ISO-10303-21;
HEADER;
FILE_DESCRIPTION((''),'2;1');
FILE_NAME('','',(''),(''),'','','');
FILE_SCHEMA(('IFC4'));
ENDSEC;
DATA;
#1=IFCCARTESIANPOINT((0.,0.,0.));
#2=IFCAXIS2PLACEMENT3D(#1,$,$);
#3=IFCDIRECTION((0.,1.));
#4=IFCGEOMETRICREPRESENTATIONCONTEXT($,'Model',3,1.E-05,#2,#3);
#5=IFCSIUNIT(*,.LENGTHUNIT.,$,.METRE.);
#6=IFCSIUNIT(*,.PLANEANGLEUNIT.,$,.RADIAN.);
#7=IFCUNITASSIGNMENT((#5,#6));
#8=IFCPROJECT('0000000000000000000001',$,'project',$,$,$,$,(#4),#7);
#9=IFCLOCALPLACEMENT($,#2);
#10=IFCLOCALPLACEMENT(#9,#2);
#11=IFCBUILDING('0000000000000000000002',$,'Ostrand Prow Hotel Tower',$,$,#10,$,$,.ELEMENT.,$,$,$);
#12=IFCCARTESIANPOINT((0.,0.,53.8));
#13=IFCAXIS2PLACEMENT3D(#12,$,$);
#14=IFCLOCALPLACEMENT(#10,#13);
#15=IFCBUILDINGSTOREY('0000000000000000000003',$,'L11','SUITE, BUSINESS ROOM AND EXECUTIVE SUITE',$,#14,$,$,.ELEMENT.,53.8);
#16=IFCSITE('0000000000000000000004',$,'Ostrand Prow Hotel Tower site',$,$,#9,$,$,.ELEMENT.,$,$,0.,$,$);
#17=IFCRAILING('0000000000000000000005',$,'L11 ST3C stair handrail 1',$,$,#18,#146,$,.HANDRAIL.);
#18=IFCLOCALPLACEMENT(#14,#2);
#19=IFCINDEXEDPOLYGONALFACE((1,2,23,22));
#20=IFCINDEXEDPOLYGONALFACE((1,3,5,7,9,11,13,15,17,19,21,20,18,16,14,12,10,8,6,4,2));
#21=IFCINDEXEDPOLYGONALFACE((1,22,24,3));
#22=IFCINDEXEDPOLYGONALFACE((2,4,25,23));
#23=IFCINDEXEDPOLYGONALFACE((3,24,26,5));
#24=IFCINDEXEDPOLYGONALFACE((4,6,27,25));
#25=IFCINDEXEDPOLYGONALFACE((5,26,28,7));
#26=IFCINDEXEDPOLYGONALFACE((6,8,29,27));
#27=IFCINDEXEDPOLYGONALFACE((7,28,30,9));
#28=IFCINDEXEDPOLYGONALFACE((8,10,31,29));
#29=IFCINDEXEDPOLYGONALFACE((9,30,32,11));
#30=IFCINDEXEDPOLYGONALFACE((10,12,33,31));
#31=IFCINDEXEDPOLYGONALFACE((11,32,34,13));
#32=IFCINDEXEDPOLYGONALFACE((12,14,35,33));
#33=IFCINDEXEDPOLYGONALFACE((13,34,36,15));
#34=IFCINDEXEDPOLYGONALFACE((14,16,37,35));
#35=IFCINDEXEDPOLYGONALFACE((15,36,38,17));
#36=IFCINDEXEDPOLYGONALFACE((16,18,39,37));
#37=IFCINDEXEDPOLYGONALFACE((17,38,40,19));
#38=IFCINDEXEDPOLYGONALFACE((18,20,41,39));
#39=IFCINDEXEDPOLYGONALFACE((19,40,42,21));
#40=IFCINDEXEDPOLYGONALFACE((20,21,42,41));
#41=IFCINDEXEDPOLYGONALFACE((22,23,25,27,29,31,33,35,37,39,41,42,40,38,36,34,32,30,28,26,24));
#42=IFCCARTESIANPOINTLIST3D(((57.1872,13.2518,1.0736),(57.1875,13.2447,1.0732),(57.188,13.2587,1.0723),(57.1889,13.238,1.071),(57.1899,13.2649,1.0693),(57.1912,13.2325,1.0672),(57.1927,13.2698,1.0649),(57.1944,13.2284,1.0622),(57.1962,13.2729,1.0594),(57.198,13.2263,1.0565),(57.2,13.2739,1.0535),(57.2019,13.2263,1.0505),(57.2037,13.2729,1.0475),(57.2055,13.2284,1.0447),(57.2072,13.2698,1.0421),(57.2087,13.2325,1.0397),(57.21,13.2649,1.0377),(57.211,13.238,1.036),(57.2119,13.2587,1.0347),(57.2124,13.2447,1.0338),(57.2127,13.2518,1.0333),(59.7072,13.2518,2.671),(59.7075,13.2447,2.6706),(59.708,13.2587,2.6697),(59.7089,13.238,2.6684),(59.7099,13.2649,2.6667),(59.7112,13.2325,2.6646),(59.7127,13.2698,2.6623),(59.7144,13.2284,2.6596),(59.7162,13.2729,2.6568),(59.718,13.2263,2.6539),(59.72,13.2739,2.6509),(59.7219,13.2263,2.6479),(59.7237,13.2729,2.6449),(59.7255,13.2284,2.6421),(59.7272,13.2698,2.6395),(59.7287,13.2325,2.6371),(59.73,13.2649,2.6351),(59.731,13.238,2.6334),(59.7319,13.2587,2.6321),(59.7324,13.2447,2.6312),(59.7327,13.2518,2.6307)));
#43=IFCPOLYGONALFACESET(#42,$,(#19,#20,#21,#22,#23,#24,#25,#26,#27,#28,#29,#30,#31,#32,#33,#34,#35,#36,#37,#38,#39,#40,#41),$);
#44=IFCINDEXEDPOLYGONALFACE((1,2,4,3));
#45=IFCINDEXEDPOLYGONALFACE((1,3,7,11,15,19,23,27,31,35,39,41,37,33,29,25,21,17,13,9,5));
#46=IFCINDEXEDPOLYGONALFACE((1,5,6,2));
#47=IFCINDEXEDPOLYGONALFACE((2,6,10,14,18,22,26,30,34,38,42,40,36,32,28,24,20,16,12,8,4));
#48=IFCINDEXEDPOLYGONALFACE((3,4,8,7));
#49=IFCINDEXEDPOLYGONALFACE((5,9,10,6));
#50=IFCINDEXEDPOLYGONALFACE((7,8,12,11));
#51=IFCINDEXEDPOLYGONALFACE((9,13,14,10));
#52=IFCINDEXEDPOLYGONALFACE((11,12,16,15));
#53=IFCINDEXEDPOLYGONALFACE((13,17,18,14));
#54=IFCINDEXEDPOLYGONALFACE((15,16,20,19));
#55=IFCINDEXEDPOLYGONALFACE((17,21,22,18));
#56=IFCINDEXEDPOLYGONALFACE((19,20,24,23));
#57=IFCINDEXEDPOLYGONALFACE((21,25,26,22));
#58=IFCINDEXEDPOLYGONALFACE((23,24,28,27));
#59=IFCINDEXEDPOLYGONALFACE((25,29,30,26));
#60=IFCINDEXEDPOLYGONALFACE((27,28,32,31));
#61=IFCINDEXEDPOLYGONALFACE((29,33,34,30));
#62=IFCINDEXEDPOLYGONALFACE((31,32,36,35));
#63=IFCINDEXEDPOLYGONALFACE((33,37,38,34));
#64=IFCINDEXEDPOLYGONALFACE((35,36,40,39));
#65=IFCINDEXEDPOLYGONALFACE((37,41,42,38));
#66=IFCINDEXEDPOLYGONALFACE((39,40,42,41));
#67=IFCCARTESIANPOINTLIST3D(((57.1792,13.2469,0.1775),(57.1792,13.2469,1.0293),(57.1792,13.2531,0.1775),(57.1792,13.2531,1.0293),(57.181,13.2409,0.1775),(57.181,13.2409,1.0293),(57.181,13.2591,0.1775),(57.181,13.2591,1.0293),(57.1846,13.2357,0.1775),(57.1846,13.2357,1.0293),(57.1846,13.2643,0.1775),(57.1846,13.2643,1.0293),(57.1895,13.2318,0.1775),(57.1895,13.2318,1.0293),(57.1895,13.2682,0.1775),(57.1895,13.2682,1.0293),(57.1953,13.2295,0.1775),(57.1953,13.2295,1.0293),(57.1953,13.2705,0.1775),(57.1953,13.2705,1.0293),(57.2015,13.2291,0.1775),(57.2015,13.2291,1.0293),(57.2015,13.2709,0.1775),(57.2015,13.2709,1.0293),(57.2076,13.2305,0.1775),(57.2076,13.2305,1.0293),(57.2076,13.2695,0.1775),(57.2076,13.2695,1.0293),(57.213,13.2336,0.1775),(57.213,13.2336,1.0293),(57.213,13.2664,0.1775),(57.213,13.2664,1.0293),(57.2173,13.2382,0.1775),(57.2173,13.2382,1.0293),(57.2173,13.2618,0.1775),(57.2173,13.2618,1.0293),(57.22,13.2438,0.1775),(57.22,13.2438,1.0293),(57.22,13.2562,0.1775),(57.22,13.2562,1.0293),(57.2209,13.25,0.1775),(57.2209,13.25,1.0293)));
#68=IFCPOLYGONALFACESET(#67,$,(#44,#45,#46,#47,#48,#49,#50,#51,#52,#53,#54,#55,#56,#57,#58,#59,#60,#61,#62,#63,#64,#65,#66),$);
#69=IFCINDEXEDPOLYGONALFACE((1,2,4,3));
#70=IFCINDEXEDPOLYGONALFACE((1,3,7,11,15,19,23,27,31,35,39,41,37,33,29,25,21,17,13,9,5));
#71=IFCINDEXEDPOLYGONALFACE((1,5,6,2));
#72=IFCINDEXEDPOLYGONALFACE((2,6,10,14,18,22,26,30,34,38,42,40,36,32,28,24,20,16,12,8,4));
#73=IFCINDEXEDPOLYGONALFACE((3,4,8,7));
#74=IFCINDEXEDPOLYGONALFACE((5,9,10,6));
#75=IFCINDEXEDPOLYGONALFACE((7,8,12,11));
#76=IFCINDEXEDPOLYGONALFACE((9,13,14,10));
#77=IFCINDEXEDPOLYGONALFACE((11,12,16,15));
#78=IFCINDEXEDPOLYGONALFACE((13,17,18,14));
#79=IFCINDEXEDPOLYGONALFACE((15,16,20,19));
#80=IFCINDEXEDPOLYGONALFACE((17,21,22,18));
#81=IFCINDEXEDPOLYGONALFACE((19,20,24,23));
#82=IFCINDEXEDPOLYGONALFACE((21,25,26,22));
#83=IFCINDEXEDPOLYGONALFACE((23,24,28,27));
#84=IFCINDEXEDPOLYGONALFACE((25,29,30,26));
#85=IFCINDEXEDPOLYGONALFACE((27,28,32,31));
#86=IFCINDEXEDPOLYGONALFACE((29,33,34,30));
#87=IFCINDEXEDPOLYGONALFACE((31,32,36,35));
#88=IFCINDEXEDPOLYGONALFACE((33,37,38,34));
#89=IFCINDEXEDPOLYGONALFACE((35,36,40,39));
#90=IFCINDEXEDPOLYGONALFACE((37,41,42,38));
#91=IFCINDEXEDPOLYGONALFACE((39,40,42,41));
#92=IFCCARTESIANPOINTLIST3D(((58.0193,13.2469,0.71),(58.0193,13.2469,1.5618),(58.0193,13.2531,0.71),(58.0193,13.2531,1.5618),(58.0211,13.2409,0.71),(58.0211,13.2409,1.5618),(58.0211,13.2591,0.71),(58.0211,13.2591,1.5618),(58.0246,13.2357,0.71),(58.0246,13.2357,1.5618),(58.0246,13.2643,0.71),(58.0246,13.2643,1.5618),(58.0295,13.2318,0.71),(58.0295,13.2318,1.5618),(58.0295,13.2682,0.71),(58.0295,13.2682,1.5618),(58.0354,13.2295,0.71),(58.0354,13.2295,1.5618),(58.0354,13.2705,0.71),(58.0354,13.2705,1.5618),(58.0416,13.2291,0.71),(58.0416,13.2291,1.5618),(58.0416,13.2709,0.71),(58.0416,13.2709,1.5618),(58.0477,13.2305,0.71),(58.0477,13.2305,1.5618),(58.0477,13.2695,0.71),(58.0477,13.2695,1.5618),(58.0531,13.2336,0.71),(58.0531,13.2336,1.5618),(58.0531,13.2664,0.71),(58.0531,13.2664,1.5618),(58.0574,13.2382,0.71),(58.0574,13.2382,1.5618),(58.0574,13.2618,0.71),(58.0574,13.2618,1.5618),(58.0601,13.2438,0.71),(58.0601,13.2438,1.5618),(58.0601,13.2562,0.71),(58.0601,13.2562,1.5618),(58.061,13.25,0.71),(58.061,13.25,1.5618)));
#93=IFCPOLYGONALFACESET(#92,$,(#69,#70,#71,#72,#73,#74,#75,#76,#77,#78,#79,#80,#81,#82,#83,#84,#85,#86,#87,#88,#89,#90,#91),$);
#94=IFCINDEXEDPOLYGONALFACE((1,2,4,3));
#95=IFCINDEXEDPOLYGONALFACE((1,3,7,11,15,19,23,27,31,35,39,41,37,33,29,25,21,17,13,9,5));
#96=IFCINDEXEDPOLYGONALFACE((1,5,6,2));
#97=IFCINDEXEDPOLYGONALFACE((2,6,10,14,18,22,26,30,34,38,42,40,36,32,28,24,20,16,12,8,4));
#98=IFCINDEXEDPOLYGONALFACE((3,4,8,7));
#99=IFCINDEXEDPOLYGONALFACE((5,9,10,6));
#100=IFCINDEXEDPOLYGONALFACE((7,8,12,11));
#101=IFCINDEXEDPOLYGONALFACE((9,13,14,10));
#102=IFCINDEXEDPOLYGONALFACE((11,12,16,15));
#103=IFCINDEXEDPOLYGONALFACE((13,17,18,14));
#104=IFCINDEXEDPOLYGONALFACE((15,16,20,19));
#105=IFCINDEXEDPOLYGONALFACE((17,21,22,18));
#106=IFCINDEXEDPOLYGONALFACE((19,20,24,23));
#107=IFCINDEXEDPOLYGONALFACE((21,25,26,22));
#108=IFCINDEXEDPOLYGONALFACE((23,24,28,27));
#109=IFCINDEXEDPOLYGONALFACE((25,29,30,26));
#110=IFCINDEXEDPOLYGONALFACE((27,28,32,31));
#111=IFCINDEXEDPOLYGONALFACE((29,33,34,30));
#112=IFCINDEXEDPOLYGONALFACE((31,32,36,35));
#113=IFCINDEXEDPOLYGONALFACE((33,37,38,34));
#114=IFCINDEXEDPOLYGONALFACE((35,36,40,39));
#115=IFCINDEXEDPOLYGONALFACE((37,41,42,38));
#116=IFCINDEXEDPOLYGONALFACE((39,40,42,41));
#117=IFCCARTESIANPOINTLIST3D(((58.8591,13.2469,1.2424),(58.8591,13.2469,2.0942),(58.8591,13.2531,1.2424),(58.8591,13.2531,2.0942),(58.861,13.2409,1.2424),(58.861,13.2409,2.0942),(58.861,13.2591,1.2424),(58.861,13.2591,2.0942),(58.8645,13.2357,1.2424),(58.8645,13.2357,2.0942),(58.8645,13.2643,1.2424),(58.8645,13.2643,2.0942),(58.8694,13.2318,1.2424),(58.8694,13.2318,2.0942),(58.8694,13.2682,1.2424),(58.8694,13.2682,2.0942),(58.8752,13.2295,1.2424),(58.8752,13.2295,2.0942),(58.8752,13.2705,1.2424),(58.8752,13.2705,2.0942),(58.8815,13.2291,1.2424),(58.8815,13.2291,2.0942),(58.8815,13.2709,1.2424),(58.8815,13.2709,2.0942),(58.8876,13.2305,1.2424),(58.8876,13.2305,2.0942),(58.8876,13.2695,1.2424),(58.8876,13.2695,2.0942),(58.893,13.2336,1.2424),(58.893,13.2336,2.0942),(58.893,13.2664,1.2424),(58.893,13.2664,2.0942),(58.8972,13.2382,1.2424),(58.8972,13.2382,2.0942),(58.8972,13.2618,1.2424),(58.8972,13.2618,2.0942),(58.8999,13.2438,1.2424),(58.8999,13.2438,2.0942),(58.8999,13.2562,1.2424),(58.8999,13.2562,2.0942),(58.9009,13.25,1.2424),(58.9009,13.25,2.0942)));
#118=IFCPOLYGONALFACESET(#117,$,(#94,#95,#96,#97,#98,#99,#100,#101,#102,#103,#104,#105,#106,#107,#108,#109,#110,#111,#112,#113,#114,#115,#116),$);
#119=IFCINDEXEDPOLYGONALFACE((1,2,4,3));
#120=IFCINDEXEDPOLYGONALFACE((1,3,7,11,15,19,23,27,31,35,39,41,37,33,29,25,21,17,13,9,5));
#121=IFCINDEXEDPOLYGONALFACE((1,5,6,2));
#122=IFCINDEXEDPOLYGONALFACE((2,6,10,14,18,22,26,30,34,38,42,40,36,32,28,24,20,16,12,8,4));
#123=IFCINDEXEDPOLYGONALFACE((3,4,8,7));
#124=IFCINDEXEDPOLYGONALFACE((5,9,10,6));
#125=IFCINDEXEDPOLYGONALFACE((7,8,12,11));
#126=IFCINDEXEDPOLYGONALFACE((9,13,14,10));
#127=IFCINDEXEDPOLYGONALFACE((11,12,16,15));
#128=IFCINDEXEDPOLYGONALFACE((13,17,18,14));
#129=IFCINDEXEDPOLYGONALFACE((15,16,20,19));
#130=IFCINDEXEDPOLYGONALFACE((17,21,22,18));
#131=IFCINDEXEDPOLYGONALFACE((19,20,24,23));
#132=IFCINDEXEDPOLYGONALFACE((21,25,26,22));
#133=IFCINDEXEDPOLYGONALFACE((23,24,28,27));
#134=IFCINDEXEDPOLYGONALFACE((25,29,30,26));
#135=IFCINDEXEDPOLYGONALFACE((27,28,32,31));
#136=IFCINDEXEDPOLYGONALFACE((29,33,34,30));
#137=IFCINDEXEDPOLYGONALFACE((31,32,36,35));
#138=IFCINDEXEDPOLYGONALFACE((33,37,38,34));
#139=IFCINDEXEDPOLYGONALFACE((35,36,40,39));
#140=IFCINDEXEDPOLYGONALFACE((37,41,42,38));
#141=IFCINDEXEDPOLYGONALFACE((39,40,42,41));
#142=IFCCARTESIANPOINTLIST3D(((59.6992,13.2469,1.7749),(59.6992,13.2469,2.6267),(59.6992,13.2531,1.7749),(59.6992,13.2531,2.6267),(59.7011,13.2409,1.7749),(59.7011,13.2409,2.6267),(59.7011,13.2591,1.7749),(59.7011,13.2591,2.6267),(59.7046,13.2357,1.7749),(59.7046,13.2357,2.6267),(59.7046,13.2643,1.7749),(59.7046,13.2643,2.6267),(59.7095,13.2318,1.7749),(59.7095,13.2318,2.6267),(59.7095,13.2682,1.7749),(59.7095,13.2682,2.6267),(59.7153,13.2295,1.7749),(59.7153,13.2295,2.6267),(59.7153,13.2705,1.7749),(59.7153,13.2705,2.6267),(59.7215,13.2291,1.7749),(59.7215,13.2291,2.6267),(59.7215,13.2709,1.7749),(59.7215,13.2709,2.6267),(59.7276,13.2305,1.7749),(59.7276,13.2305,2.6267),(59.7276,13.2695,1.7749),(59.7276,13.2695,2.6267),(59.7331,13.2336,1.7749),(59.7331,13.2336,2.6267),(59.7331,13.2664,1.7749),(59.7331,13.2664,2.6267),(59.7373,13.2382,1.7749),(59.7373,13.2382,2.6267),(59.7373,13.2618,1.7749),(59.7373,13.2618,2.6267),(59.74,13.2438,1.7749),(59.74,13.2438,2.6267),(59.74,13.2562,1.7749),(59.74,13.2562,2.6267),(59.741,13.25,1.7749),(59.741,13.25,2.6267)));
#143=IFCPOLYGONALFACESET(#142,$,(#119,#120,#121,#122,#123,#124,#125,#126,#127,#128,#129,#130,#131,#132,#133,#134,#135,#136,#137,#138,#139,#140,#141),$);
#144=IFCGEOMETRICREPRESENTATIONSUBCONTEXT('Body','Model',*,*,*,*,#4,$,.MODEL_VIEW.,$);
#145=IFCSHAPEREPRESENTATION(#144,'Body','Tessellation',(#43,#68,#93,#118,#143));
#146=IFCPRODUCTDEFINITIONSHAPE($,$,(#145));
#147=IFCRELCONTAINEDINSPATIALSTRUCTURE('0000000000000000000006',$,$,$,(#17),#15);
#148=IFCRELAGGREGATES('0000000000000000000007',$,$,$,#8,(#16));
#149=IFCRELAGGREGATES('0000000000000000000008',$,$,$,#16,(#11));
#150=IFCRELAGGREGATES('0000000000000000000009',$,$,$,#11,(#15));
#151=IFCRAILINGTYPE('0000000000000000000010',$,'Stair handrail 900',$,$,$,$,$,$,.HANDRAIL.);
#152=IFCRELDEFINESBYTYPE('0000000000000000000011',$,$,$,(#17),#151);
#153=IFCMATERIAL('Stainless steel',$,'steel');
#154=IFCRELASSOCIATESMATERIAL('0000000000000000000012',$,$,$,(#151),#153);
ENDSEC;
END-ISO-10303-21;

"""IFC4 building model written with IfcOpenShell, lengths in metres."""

from ifc_helpers import new_model, si_unit, direction, frame, origin, origin_2d, place, context, subcontext, project, spatial, circle, extrude, material, type_object, element, save


model = new_model("IFC4")

# Units and contexts
model_context = context("Model", 3, precision=1e-05, world=origin(), true_north=direction((0.0, 1.0)))
body_context = subcontext(model_context, "Body", "Model", "MODEL_VIEW")
ifc_project = project(units=[si_unit("LENGTHUNIT", "METRE"), si_unit("PLANEANGLEUNIT", "RADIAN")], contexts=[model_context])

# Site, building, storey
site_placement = place(None, origin())
site = spatial("IfcSite", under=ifc_project, at=site_placement, Name="Ostrand Prow Hotel Tower site", CompositionType="ELEMENT", RefElevation=0.0)
building_placement = place(site_placement, origin())
building = spatial("IfcBuilding", under=site, at=building_placement, Name="Ostrand Prow Hotel Tower", CompositionType="ELEMENT")
storey_placement = place(building_placement, frame((0.0, 0.0, 53.8)))
storey = spatial("IfcBuildingStorey", under=building, at=storey_placement, Name="L11", Description="SUITE, BUSINESS ROOM AND EXECUTIVE SUITE", CompositionType="ELEMENT", Elevation=53.8)

# Railing
ifc_material_1 = material(Name="Stainless steel", Category="steel")
railing_type_1 = type_object("IfcRailingType", Name="Stair handrail 900", PredefinedType="HANDRAIL", material=ifc_material_1)
railing_1_placement = place(storey_placement, frame((57.2, 13.25, 0.1775)))
element("IfcRailing", 1, at=railing_1_placement, inside=storey, type_object=railing_type_1, Name="L11 ST3C stair handrail 1", PredefinedType="HANDRAIL", context=body_context, shape_type="SweptSolid", body=[
    extrude(circle(Radius=0.0239, at=origin_2d()), frame((0.0, 0.0, 0.876), z_axis=(0.844607, 0.0, 0.535387), x_axis=(0.0, 1.0, 0.0)), (0.0, 0.0, 1.0), 2.9836),
    extrude(circle(Radius=0.021, at=origin_2d()), origin(), (0.0, 0.0, 1.0), 0.8518),
    extrude(circle(Radius=0.021, at=origin_2d()), frame((0.8401, 0.0, 0.5325)), (0.0, 0.0, 1.0), 0.8518),
    extrude(circle(Radius=0.021, at=origin_2d()), frame((1.6799, 0.0, 1.0649)), (0.0, 0.0, 1.0), 0.8518),
    extrude(circle(Radius=0.021, at=origin_2d()), frame((2.52, 0.0, 1.5974)), (0.0, 0.0, 1.0), 0.8518),
])

save(model, "model.ifc")
